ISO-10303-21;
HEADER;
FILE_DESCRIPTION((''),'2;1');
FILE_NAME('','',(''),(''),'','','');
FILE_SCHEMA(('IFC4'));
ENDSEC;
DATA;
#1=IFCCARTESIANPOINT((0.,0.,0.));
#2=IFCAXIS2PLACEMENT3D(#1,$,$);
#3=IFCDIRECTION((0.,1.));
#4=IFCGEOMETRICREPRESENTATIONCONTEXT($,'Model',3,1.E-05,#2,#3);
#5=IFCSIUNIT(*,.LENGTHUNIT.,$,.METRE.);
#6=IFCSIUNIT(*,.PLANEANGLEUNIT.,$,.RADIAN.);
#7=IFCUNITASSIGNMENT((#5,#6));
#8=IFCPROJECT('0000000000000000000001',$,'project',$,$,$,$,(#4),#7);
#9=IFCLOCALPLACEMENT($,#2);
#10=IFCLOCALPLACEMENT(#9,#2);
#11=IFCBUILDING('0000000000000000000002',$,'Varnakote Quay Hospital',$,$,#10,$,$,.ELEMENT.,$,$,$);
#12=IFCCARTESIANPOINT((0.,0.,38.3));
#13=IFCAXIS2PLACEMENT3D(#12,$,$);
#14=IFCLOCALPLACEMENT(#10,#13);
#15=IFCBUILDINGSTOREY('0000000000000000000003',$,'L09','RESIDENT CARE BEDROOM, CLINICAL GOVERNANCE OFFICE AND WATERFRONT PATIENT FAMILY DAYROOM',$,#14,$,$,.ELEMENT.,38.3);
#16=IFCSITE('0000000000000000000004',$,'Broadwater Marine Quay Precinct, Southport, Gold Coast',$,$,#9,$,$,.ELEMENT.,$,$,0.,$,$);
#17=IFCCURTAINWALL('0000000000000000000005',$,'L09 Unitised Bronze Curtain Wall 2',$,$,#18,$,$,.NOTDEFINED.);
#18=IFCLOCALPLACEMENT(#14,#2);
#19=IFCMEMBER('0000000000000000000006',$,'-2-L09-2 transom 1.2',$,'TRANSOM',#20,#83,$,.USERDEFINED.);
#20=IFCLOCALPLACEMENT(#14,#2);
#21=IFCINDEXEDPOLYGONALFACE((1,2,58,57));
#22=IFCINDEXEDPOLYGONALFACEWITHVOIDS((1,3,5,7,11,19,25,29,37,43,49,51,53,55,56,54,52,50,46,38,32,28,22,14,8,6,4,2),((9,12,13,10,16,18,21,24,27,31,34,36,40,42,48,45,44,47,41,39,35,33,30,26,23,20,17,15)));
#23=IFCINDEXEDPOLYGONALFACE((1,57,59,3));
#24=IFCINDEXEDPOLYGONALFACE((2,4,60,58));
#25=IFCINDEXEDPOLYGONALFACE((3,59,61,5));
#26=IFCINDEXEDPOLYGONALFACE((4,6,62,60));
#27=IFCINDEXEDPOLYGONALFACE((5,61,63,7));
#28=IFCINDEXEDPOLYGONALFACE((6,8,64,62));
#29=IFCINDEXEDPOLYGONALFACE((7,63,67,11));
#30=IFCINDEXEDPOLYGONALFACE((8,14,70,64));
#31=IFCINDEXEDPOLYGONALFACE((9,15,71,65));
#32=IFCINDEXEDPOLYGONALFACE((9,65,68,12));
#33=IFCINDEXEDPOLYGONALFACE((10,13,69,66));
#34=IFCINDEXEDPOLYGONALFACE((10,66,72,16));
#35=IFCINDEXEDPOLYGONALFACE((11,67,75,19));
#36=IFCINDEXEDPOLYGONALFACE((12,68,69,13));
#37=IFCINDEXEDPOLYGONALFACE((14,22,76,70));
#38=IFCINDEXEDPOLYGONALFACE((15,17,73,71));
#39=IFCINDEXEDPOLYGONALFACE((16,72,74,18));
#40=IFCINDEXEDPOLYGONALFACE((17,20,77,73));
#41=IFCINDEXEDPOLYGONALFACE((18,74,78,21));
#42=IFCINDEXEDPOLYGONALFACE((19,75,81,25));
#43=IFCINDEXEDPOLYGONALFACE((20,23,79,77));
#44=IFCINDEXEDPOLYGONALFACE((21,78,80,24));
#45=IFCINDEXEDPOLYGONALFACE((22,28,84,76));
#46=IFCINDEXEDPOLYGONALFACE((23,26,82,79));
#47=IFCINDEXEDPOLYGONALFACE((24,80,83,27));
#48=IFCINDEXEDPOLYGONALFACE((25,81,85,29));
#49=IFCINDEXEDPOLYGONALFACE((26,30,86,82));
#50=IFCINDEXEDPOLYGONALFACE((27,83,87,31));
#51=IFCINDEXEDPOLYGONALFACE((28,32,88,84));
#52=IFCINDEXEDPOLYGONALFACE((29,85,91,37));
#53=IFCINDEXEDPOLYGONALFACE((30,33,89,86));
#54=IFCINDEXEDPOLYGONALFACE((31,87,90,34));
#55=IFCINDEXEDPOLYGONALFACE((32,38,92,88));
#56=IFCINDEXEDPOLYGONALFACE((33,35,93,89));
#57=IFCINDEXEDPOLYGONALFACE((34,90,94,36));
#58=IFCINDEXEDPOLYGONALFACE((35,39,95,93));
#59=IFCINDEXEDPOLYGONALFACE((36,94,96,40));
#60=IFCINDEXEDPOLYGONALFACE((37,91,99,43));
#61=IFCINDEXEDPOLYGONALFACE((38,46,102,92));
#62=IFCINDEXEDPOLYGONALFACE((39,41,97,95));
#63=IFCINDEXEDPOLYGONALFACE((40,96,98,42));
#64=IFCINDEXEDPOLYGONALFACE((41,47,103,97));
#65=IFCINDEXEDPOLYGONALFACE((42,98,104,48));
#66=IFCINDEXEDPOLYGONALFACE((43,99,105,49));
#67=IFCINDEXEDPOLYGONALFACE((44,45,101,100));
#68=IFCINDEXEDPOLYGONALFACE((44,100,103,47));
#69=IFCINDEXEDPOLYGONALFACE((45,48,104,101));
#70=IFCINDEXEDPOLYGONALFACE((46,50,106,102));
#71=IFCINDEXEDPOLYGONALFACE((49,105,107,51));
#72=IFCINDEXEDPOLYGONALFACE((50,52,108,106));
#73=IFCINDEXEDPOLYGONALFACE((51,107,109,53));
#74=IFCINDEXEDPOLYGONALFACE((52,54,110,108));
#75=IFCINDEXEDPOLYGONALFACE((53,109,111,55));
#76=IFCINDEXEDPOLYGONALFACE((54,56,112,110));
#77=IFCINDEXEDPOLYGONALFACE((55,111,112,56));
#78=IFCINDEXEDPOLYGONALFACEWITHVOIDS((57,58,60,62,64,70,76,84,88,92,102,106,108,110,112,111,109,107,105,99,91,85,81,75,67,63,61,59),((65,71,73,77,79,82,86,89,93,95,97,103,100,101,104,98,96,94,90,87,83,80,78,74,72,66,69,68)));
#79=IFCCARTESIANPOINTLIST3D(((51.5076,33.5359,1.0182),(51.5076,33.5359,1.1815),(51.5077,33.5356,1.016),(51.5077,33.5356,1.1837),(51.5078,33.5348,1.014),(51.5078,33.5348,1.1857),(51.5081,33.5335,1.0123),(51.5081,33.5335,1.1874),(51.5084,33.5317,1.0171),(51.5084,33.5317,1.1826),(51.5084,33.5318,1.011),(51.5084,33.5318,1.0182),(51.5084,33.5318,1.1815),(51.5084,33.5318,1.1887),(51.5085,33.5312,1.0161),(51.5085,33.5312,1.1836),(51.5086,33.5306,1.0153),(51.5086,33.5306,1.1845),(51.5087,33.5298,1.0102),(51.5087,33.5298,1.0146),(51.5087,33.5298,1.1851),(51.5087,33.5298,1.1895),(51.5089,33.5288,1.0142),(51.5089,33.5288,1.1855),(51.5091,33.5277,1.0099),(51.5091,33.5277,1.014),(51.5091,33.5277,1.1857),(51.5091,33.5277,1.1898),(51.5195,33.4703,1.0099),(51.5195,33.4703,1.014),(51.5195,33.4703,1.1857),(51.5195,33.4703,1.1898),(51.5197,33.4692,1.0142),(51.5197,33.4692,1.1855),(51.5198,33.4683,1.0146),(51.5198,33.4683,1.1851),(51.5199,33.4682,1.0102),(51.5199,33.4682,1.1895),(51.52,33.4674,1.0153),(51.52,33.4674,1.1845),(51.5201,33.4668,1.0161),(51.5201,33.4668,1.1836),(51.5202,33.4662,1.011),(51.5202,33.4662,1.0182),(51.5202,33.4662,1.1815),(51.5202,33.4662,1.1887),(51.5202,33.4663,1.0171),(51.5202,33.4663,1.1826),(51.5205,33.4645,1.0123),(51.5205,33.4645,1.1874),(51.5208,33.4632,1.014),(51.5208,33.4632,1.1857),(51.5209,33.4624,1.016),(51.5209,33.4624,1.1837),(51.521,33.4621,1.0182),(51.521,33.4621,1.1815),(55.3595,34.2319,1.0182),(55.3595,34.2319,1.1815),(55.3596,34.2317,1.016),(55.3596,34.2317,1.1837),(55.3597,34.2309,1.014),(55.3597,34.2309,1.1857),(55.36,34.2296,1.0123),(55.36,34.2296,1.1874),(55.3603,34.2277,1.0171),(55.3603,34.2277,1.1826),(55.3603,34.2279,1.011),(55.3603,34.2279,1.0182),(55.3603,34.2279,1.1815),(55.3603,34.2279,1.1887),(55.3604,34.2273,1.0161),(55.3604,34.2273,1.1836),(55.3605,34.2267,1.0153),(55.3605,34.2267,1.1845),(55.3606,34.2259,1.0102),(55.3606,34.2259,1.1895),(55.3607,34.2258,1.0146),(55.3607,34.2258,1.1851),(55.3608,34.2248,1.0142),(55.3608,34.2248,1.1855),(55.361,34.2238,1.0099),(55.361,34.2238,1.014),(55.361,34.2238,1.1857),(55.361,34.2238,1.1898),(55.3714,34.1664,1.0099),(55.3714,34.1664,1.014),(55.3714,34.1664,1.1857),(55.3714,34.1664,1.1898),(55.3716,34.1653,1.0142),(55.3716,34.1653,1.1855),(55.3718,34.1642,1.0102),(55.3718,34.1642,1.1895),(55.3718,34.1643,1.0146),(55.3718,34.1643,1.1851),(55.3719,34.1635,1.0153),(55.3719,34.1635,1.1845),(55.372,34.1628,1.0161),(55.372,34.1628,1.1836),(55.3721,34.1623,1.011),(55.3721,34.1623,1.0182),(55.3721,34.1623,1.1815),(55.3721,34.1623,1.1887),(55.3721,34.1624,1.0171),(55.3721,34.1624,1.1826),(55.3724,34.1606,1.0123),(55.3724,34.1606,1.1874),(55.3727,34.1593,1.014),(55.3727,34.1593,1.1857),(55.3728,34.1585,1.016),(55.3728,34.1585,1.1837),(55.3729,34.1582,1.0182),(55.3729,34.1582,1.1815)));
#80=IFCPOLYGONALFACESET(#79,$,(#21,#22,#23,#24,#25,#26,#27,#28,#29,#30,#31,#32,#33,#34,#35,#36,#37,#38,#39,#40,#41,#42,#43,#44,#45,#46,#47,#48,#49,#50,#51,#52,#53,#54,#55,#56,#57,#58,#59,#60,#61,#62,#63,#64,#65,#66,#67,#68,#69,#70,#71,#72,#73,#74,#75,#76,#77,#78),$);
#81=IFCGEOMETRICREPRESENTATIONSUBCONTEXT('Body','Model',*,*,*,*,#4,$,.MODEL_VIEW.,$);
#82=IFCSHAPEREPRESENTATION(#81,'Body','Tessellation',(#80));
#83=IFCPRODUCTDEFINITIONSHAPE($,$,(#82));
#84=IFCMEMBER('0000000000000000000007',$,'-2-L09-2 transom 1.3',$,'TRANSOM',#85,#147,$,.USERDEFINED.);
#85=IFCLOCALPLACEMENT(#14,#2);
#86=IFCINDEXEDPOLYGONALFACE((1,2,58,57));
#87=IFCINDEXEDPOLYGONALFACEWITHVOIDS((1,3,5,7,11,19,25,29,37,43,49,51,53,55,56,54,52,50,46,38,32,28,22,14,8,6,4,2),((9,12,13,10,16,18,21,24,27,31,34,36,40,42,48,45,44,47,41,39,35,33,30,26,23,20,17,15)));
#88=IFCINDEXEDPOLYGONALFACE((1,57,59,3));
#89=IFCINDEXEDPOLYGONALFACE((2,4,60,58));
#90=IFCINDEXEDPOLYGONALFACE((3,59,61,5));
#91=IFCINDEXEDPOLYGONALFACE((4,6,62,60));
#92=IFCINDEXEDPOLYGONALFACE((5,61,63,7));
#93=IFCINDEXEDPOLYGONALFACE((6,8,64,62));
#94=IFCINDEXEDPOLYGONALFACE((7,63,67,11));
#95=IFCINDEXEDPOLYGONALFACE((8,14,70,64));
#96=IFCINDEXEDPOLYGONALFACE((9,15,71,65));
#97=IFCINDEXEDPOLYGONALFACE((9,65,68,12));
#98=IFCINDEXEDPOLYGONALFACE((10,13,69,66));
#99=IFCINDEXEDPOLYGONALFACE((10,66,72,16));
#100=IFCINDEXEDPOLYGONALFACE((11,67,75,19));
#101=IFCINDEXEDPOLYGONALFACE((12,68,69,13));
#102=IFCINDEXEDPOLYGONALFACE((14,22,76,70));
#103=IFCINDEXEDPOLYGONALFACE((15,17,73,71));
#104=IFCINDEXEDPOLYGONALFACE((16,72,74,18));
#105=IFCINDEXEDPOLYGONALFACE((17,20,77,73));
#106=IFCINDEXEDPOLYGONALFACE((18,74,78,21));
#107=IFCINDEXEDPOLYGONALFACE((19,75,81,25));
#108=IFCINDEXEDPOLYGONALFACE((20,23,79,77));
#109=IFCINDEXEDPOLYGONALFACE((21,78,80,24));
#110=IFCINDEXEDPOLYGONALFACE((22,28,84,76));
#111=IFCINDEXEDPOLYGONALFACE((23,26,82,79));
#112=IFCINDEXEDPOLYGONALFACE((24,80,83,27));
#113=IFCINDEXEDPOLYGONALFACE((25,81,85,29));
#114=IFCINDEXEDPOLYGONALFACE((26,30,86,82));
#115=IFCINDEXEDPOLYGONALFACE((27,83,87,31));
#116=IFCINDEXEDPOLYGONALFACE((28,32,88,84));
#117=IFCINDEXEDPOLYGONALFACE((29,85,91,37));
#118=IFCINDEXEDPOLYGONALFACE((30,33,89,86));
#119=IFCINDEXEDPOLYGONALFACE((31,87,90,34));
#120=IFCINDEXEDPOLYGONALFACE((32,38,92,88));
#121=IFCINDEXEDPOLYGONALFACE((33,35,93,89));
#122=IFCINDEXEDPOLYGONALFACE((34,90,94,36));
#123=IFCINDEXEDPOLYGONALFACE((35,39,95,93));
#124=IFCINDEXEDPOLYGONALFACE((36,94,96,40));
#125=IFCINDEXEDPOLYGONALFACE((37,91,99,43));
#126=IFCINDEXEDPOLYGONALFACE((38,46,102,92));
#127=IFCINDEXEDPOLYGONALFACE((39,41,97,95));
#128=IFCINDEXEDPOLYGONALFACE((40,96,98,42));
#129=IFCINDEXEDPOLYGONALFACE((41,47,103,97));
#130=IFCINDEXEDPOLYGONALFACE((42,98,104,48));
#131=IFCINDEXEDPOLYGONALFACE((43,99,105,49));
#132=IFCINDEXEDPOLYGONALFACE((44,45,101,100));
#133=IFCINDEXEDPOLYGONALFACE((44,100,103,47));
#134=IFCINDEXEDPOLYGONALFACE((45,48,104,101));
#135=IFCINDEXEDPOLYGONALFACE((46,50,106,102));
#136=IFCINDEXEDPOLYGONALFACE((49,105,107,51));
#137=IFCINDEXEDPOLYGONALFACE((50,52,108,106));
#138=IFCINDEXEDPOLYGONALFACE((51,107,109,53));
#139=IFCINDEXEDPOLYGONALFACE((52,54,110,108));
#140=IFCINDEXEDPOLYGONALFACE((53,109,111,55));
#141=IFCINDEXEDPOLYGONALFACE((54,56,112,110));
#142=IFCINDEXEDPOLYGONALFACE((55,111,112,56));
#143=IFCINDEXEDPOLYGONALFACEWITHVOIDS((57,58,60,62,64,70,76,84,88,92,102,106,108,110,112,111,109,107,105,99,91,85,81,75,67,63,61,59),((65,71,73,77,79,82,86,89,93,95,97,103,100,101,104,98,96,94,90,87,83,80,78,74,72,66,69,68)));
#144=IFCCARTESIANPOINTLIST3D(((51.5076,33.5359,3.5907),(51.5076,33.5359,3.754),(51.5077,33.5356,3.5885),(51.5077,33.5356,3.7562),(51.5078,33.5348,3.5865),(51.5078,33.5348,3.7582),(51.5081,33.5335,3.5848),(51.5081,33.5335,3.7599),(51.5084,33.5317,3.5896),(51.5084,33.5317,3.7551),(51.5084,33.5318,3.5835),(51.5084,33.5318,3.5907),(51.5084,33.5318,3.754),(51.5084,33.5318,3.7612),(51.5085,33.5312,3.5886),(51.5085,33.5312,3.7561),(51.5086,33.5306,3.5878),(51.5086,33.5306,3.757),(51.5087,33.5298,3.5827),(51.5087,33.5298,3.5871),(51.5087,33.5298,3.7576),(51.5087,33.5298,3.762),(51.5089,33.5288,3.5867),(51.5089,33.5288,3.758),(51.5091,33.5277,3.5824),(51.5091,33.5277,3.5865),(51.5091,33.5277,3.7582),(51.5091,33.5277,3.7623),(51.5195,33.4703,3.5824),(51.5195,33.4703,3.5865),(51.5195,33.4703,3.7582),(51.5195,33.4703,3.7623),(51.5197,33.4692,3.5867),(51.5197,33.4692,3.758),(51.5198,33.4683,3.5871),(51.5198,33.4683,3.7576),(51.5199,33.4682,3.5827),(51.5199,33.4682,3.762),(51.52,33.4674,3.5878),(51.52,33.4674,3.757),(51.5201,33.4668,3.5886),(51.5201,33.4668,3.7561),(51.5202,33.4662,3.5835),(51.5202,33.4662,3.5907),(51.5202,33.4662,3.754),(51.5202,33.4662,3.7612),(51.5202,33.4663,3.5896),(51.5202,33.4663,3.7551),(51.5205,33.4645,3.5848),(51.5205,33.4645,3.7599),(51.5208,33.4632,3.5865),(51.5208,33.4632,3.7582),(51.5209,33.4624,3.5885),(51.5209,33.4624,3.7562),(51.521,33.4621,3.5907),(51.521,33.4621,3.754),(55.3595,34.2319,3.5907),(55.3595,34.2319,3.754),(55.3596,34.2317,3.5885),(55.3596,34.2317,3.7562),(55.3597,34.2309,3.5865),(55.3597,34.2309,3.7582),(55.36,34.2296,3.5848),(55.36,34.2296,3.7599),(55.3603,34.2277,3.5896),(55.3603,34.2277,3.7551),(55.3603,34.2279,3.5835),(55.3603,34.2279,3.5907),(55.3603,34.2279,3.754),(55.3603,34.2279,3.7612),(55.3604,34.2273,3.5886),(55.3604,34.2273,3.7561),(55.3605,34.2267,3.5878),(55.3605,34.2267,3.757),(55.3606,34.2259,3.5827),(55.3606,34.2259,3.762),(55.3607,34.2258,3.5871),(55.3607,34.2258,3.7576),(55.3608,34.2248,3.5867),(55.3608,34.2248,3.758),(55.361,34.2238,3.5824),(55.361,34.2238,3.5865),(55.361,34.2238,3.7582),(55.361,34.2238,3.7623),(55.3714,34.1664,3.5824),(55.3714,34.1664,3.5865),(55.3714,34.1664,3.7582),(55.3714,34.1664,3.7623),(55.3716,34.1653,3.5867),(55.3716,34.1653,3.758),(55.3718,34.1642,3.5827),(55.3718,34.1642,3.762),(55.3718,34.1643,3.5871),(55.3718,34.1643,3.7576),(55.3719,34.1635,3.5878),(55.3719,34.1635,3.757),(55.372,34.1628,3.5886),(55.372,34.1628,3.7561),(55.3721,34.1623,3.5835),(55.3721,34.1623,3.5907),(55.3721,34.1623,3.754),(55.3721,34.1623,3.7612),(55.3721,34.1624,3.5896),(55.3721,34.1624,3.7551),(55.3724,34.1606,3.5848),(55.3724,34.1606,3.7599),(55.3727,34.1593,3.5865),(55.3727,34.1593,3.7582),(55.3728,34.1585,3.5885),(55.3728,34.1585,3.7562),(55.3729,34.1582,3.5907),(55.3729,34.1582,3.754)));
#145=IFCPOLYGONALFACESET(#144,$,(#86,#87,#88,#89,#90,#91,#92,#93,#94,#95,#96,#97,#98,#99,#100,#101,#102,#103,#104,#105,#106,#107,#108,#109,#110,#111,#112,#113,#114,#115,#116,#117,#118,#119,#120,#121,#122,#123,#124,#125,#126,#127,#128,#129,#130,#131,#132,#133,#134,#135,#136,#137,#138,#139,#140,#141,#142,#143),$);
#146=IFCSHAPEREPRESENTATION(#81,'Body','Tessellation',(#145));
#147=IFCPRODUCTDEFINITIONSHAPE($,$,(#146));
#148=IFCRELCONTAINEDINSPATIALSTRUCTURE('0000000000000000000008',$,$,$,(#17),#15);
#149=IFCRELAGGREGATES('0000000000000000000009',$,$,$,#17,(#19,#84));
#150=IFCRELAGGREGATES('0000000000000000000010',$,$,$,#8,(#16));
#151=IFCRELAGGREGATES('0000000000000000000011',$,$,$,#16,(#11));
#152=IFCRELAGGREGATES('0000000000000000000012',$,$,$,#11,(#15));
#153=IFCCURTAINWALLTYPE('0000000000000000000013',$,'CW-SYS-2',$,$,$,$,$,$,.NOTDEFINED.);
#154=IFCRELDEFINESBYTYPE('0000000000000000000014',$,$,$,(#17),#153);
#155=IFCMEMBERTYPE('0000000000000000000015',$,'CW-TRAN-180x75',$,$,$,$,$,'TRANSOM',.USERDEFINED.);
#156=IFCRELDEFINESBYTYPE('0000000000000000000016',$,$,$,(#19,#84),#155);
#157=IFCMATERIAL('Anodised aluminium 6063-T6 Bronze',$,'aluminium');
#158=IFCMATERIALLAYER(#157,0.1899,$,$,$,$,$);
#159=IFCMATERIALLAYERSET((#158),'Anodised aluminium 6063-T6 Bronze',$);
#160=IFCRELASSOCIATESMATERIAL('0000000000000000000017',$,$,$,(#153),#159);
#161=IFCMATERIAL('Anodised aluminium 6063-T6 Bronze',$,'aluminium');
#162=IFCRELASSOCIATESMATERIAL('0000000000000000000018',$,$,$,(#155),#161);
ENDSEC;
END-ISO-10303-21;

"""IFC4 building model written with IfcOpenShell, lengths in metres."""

from ifc_helpers import new_model, si_unit, direction, frame, origin, origin_2d, place, context, subcontext, project, spatial, hollow_rectangle, extrude, material, layer, layer_set, material_profile, profile_set, type_object, element, aggregate, save


model = new_model("IFC4")

# Units and contexts
model_context = context("Model", 3, precision=1e-05, world=origin(), true_north=direction((0.0, 1.0)))
body_context = subcontext(model_context, "Body", "Model", "MODEL_VIEW")
ifc_project = project(units=[si_unit("LENGTHUNIT", "METRE"), si_unit("PLANEANGLEUNIT", "RADIAN")], contexts=[model_context])

# Site, building, storey
site_placement = place(None, origin())
site = spatial("IfcSite", under=ifc_project, at=site_placement, Name="Broadwater Marine Quay Precinct, Southport, Gold Coast", CompositionType="ELEMENT", RefElevation=0.0)
building_placement = place(site_placement, origin())
building = spatial("IfcBuilding", under=site, at=building_placement, Name="Varnakote Quay Hospital", CompositionType="ELEMENT")
storey_placement = place(building_placement, frame((0.0, 0.0, 38.3)))
storey = spatial("IfcBuildingStorey", under=building, at=storey_placement, Name="L09", Description="RESIDENT CARE BEDROOM, CLINICAL GOVERNANCE OFFICE AND WATERFRONT PATIENT FAMILY DAYROOM", CompositionType="ELEMENT", Elevation=38.3)

# Shared definitions
ifc_material_1 = material(Name="Anodised aluminium 6063-T6 Bronze", Category="aluminium")
ifc_layer_1 = layer(ifc_material_1, 0.1899)
ifc_layer_set_1 = layer_set([ifc_layer_1], Name="Anodised aluminium 6063-T6 Bronze")
curtain_wall_type = type_object("IfcCurtainWallType", Name="CW-SYS-2", PredefinedType="NOTDEFINED", material=ifc_layer_set_1)

# Curtain wall
curtain_wall_1_placement = place(storey_placement, origin())
curtain_wall_1 = element("IfcCurtainWall", 1, at=curtain_wall_1_placement, inside=storey, type_object=curtain_wall_type, Name="L09 Unitised Bronze Curtain Wall 2", PredefinedType="NOTDEFINED")

# Members
ifc_material_2 = material(Name="Anodised aluminium 6063-T6 Bronze", Category="aluminium")
ifc_material_profile_1 = material_profile(ifc_material_2, hollow_rectangle(XDim=0.075, YDim=0.1799, WallThickness=0.0042, InnerFilletRadius=0.0042, OuterFilletRadius=0.0083, at=origin_2d()), Name="CW-TRAN-180x75")
ifc_profile_set_1 = profile_set([ifc_material_profile_1], Name="Anodised aluminium 6063-T6 Bronze")
member_type_1 = type_object("IfcMemberType", Name="CW-TRAN-180x75", ElementType="TRANSOM", PredefinedType="USERDEFINED", material=ifc_profile_set_1)
member_1_placement = place(storey_placement, frame((55.3662, 34.1951, 1.0999), z_axis=(-0.984062, -0.177826, 0.0), x_axis=(0.177826, -0.984062, 0.0)))
member_1 = element("IfcMember", 2, at=member_1_placement, type_object=member_type_1, Name="-2-L09-2 transom 1.2", ObjectType="TRANSOM", PredefinedType="USERDEFINED", context=body_context, shape_type="SweptSolid", body=[
    extrude(hollow_rectangle(XDim=0.075, YDim=0.1799, WallThickness=0.0042, InnerFilletRadius=0.0042, OuterFilletRadius=0.0083, at=origin_2d()), origin(), (0.0, 0.0, 1.0), 3.9143),
])
member_2_placement = place(storey_placement, frame((55.3662, 34.1951, 3.6724), z_axis=(-0.984062, -0.177826, 0.0), x_axis=(0.177826, -0.984062, 0.0)))
member_2 = element("IfcMember", 3, at=member_2_placement, type_object=member_type_1, Name="-2-L09-2 transom 1.3", ObjectType="TRANSOM", PredefinedType="USERDEFINED", context=body_context, shape_type="SweptSolid", body=[
    extrude(hollow_rectangle(XDim=0.075, YDim=0.1799, WallThickness=0.0042, InnerFilletRadius=0.0042, OuterFilletRadius=0.0083, at=origin_2d()), origin(), (0.0, 0.0, 1.0), 3.9143),
])

aggregate(curtain_wall_1, [member_1, member_2])

save(model, "model.ifc")
